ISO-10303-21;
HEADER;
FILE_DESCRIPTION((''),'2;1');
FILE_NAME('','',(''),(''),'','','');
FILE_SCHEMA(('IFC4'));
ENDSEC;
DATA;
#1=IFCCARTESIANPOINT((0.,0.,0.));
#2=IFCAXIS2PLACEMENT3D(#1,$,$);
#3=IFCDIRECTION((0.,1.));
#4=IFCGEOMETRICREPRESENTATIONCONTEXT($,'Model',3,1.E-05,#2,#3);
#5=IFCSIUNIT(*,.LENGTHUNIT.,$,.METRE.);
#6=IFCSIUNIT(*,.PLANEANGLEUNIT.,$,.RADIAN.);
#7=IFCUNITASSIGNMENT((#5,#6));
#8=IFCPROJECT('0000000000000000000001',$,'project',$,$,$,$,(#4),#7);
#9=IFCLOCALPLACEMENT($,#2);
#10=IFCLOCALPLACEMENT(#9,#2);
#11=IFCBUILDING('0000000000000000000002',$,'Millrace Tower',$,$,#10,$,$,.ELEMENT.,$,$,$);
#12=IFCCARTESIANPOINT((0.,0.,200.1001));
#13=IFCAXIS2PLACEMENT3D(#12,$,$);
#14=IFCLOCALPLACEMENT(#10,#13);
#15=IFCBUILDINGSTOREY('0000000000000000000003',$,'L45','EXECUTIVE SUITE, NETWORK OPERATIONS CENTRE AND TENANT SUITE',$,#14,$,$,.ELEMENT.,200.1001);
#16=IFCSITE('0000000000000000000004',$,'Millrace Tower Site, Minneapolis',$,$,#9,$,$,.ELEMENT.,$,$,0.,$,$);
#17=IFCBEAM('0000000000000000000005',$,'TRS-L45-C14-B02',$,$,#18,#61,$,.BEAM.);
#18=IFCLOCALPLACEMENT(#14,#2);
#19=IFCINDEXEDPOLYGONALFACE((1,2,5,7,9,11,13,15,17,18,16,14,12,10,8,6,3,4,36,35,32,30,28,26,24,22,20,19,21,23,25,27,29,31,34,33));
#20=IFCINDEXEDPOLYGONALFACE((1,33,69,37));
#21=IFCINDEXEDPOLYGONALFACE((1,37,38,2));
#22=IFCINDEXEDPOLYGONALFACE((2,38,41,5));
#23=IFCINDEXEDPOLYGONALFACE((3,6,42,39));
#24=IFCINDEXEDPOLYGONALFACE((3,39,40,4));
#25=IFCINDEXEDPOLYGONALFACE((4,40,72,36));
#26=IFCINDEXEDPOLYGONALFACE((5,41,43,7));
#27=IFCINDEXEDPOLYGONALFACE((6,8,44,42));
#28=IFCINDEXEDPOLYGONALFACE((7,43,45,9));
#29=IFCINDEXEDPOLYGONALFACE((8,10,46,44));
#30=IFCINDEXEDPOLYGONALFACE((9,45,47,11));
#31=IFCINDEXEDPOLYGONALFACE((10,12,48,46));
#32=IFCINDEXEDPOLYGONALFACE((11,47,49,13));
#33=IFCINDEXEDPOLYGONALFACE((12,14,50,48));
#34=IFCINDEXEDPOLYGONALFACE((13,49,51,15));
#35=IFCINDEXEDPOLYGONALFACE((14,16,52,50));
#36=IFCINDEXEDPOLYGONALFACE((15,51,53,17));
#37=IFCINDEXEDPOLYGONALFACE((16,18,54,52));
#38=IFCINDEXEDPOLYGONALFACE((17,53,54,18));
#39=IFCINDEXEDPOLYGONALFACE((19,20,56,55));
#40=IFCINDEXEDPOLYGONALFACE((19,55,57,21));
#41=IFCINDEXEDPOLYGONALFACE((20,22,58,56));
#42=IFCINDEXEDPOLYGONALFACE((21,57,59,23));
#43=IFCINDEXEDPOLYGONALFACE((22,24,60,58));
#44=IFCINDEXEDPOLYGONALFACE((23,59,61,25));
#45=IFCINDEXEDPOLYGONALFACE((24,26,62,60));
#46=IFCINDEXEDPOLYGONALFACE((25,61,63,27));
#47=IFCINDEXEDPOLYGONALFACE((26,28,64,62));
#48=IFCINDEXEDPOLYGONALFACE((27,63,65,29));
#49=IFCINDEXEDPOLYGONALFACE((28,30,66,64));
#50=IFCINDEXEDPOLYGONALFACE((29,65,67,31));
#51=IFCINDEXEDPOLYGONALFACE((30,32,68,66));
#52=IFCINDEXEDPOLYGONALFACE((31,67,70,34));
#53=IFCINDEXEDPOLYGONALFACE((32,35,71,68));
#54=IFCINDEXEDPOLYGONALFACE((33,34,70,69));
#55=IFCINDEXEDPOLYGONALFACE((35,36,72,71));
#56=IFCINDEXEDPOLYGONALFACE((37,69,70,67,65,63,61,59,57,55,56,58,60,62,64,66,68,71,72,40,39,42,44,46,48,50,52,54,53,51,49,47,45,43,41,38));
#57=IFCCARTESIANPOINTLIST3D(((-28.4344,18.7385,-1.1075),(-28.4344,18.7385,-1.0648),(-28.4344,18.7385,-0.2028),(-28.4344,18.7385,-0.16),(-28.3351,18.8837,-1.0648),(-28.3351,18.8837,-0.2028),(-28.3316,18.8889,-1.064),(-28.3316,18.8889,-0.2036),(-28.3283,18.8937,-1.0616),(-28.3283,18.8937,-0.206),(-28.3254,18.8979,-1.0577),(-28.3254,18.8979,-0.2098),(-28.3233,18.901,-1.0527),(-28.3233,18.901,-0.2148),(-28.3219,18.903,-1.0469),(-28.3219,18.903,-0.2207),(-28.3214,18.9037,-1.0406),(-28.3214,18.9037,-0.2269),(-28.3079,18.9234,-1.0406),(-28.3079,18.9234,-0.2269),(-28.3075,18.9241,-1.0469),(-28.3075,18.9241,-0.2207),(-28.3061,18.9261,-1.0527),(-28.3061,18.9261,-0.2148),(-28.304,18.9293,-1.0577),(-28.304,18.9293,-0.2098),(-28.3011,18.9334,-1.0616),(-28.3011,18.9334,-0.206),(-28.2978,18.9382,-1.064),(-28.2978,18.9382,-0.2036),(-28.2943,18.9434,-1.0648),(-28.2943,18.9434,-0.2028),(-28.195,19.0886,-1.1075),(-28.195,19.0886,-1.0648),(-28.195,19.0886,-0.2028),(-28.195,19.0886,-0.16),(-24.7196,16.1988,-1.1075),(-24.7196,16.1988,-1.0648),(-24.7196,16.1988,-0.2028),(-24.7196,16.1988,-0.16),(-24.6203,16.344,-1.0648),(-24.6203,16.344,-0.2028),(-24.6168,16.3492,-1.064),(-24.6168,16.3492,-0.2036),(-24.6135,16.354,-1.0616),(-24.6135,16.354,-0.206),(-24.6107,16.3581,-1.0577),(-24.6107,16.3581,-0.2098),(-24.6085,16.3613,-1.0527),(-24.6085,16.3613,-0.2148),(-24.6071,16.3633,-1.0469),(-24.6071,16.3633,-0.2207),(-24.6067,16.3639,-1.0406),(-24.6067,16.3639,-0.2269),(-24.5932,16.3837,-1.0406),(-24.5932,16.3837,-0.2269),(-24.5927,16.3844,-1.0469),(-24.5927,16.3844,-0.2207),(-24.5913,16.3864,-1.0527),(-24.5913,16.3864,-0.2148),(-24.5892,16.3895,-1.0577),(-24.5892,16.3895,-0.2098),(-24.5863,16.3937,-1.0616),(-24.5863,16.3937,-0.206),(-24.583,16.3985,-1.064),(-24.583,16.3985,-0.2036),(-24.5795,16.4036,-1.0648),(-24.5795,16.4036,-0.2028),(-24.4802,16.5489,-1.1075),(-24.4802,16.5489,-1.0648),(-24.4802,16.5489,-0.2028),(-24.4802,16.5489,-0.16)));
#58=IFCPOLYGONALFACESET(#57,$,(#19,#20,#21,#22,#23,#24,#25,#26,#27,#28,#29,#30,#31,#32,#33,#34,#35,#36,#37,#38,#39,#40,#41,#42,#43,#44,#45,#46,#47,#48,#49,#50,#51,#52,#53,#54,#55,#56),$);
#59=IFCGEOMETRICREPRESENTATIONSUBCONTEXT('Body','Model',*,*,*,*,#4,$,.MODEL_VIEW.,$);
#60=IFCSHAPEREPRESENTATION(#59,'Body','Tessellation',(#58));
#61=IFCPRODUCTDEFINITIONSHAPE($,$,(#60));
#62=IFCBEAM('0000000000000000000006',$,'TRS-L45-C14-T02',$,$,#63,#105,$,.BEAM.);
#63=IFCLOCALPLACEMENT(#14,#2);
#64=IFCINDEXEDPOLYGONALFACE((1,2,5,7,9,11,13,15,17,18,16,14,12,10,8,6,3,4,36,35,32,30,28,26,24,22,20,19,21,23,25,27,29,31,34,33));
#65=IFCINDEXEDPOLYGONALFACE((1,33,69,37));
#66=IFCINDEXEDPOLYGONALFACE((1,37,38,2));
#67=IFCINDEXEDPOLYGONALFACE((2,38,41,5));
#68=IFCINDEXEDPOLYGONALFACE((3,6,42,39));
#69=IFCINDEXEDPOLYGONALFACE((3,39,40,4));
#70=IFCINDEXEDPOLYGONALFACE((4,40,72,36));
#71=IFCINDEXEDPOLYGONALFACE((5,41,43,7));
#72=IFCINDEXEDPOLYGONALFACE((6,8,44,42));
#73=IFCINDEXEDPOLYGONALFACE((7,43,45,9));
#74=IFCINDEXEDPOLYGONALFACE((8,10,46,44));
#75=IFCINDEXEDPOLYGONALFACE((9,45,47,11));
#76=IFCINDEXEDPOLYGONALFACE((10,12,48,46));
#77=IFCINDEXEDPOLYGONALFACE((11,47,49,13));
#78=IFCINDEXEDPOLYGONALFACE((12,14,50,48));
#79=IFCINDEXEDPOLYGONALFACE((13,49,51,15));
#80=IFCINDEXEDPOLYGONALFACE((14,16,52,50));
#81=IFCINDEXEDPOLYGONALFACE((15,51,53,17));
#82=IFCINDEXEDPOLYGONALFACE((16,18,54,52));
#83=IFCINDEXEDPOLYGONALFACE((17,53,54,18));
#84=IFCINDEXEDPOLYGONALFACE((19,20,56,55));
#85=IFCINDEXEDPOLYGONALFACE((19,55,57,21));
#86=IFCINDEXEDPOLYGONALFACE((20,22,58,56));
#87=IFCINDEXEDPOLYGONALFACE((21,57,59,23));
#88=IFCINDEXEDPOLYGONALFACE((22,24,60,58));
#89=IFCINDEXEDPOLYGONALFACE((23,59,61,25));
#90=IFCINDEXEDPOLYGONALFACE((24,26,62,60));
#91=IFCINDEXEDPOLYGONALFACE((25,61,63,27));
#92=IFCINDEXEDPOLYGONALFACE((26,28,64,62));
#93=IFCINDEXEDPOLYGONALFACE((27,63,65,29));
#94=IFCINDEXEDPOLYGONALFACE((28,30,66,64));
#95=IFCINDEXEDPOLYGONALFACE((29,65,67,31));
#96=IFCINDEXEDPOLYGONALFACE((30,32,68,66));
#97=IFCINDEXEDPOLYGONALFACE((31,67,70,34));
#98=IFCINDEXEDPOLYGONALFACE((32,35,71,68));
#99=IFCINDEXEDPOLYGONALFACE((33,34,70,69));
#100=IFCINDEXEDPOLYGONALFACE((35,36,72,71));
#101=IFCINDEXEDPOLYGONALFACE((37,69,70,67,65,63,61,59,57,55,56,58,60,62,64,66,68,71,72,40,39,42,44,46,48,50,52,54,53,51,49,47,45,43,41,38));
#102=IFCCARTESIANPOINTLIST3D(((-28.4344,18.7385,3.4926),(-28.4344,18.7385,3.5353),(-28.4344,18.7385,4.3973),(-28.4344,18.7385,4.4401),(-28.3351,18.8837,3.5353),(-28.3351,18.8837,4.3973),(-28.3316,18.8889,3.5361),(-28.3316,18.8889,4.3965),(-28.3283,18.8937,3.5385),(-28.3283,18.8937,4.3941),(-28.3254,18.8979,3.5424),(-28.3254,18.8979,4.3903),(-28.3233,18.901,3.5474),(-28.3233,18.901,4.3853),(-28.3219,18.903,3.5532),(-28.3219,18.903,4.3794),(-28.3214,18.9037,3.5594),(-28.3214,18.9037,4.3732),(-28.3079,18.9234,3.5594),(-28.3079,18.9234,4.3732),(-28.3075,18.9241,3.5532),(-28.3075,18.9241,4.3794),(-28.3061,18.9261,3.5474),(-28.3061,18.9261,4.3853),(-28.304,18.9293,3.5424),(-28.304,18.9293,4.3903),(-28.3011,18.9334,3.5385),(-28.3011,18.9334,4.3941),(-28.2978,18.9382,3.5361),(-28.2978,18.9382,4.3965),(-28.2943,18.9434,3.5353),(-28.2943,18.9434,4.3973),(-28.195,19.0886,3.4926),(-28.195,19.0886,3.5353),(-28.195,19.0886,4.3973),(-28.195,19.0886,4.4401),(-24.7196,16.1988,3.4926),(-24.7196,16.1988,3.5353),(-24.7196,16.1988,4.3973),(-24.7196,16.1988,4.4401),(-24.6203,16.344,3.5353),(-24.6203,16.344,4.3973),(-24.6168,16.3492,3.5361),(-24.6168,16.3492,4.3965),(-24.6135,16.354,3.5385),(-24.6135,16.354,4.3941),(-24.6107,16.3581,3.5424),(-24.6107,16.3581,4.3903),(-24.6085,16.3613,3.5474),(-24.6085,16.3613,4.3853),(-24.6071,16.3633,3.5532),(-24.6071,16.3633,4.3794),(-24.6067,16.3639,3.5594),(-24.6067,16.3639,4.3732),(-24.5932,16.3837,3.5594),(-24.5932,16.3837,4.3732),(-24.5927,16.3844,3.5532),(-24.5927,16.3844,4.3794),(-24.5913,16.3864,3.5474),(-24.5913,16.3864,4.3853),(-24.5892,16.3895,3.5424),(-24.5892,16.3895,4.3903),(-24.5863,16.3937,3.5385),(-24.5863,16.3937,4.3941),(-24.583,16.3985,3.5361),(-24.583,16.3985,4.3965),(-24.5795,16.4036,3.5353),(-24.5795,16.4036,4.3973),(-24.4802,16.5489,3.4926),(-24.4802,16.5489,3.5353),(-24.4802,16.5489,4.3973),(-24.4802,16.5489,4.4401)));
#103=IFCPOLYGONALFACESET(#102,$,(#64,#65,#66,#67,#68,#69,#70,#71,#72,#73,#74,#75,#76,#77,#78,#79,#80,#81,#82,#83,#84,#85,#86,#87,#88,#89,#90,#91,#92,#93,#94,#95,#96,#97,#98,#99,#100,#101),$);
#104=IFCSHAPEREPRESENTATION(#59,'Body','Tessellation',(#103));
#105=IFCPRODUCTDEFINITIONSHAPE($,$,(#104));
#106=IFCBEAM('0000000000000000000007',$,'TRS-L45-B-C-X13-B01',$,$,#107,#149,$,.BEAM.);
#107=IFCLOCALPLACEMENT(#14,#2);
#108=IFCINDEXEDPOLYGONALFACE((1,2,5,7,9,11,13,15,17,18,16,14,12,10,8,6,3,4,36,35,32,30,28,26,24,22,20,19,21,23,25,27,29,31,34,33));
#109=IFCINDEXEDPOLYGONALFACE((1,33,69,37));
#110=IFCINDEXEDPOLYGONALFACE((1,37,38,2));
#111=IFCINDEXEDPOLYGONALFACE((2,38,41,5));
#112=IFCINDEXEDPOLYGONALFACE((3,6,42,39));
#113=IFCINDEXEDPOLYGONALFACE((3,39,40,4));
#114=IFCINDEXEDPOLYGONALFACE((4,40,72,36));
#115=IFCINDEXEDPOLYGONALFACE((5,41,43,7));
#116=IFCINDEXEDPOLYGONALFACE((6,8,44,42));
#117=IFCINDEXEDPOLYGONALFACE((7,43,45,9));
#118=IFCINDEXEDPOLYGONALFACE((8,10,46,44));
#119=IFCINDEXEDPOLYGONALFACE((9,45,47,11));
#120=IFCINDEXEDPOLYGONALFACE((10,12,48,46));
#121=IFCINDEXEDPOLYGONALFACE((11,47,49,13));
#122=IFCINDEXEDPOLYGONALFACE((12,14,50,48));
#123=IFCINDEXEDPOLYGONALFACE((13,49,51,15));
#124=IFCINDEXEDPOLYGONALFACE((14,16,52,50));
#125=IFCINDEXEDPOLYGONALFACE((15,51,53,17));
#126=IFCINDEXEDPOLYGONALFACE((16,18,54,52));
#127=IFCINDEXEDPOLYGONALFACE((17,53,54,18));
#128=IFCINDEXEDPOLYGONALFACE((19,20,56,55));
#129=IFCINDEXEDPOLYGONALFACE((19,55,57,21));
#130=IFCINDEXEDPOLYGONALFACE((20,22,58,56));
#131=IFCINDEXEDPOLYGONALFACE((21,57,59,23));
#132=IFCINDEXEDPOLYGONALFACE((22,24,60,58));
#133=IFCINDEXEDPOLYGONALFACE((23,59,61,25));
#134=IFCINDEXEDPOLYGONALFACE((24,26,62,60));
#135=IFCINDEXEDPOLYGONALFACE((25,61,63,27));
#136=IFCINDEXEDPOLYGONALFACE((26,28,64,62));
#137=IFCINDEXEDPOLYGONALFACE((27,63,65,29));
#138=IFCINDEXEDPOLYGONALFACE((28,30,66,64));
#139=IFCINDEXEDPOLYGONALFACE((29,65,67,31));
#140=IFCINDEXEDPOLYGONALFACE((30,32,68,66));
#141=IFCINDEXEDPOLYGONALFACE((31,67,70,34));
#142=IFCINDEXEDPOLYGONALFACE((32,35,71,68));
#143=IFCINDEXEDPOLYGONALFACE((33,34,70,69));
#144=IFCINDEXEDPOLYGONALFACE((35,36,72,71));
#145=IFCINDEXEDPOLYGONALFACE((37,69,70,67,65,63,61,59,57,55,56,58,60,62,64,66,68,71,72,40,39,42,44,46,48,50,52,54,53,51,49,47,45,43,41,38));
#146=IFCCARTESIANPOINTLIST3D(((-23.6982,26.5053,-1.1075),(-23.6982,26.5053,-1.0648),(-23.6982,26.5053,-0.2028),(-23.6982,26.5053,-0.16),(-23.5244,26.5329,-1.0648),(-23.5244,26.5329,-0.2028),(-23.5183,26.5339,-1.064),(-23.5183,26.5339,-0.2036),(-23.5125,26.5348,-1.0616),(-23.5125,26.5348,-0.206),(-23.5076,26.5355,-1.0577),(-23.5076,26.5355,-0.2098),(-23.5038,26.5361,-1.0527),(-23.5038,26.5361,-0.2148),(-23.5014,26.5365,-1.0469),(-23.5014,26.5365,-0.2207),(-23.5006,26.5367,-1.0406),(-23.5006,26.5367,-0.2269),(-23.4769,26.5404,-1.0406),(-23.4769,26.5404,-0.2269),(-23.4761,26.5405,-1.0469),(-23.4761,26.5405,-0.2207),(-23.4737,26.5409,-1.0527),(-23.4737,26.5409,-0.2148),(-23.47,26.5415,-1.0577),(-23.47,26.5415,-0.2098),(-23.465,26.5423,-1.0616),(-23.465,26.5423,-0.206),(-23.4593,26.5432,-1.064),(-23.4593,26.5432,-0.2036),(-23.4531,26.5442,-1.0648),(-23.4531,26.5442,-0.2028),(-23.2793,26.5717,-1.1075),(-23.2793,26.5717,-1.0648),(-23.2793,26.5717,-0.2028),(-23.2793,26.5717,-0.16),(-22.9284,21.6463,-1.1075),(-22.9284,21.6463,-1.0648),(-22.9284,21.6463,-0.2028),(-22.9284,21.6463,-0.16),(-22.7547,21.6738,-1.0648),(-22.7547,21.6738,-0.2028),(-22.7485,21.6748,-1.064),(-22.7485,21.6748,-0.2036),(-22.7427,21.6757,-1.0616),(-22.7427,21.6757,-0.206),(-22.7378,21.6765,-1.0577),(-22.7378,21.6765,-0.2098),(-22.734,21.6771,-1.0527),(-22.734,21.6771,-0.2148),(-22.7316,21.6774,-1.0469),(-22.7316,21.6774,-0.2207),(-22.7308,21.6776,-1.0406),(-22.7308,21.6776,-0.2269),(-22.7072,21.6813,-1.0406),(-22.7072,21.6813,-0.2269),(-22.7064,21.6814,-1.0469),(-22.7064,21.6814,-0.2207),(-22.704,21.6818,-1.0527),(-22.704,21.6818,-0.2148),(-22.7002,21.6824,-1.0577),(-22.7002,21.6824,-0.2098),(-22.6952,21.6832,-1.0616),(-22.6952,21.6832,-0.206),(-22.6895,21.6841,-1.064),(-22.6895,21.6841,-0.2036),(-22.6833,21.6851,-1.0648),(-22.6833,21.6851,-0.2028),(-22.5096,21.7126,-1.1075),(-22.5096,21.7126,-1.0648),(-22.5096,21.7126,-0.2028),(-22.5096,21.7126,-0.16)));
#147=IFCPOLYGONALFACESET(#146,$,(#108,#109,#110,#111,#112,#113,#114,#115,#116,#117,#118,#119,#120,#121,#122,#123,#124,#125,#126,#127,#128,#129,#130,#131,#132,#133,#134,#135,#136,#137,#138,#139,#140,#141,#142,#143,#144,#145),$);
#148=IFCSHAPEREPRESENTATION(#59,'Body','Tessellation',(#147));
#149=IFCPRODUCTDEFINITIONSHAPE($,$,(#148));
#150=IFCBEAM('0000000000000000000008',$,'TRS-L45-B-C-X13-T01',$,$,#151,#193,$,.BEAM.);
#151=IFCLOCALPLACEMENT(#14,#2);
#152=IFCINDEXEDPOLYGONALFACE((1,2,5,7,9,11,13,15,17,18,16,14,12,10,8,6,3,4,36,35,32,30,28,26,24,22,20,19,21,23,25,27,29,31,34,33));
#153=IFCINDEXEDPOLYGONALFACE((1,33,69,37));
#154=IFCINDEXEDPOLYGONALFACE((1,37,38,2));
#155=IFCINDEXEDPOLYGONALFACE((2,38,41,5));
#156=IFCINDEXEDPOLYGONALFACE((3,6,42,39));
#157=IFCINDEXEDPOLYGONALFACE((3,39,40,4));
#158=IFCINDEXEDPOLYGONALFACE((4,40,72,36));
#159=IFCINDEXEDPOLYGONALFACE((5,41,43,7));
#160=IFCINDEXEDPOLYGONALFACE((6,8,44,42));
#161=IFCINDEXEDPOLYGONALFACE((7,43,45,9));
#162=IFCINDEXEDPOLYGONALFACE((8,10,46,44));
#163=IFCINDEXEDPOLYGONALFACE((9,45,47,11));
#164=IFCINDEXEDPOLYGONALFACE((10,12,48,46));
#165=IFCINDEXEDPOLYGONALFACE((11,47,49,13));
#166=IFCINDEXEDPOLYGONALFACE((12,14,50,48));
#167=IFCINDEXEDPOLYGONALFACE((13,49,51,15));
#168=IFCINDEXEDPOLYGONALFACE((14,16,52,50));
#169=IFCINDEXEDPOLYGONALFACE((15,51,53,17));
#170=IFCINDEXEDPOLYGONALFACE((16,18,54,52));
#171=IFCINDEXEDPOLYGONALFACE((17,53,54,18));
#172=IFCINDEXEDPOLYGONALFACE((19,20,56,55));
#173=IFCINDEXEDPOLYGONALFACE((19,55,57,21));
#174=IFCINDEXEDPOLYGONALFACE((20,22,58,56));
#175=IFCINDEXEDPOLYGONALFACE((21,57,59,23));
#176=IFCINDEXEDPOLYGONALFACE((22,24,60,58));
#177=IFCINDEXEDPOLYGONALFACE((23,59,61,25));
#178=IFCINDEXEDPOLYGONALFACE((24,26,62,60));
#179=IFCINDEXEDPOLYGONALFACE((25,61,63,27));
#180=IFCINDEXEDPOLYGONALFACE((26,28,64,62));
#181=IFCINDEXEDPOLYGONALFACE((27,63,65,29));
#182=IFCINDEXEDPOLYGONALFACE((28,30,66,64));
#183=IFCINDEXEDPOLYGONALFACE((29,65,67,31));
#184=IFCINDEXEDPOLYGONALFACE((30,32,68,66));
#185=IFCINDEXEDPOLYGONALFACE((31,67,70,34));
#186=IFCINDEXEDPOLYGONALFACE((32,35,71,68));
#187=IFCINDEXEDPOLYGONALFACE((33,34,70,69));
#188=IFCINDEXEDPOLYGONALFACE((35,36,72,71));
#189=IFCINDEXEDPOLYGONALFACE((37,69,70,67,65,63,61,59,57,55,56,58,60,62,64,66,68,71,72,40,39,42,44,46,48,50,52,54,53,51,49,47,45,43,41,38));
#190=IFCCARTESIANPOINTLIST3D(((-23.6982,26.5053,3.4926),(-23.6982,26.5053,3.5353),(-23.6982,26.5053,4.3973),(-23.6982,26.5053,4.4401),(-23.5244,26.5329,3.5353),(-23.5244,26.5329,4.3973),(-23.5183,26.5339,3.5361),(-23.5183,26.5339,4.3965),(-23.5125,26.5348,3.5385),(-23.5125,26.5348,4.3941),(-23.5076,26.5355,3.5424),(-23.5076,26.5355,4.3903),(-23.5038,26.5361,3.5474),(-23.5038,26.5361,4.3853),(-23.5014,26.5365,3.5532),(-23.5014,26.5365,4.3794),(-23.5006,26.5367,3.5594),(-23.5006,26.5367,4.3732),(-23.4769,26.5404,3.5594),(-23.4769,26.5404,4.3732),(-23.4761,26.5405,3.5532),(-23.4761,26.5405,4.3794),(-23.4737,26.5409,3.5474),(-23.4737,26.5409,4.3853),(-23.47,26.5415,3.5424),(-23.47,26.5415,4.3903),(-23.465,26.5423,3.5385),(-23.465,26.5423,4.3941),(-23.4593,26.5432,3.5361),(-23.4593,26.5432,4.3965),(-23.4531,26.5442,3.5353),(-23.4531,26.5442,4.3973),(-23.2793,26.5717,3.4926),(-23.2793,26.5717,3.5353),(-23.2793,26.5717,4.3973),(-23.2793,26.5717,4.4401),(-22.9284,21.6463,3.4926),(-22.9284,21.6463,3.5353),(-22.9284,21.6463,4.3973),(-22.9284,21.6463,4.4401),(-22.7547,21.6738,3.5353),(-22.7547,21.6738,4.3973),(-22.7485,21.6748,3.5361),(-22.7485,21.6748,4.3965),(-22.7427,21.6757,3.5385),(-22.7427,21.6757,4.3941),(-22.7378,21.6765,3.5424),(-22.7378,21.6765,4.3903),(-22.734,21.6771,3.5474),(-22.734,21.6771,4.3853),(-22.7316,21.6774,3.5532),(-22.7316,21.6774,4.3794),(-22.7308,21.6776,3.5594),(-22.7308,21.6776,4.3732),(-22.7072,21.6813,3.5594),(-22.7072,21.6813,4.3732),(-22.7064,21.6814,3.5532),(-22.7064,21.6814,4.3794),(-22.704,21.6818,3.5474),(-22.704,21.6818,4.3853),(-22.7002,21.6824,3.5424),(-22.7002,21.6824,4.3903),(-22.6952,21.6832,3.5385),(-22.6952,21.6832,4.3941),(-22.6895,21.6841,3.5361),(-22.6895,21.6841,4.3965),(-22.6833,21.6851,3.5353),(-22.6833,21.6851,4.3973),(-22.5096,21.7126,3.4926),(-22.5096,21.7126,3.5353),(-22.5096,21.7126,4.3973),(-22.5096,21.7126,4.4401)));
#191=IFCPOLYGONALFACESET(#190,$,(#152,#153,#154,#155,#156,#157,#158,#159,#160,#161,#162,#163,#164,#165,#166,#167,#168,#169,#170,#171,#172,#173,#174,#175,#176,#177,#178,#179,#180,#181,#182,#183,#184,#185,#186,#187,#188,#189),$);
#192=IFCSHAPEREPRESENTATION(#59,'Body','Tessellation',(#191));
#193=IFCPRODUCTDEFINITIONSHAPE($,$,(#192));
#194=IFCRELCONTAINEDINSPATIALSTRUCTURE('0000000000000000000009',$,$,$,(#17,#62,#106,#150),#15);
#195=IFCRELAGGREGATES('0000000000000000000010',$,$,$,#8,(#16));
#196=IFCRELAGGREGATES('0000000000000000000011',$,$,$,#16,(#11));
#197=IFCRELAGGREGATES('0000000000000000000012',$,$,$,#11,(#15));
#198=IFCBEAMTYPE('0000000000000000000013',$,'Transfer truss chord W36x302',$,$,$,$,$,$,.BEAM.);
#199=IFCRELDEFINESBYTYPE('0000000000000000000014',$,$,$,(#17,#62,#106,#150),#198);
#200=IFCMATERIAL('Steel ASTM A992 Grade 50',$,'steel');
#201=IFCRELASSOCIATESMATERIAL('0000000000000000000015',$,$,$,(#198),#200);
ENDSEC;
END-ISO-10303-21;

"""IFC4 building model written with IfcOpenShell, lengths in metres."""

from ifc_helpers import new_model, si_unit, direction, frame, origin, origin_2d, place, context, subcontext, project, spatial, i_section, extrude, material, material_profile, profile_set, type_object, element, save


model = new_model("IFC4")

# Units and contexts
model_context = context("Model", 3, precision=1e-05, world=origin(), true_north=direction((0.0, 1.0)))
body_context = subcontext(model_context, "Body", "Model", "MODEL_VIEW")
ifc_project = project(units=[si_unit("LENGTHUNIT", "METRE"), si_unit("PLANEANGLEUNIT", "RADIAN")], contexts=[model_context])

# Site, building, storey
site_placement = place(None, origin())
site = spatial("IfcSite", under=ifc_project, at=site_placement, Name="Millrace Tower Site, Minneapolis", CompositionType="ELEMENT", RefElevation=0.0)
building_placement = place(site_placement, origin())
building = spatial("IfcBuilding", under=site, at=building_placement, Name="Millrace Tower", CompositionType="ELEMENT")
storey_placement = place(building_placement, frame((0.0, 0.0, 200.1001)))
storey = spatial("IfcBuildingStorey", under=building, at=storey_placement, Name="L45", Description="EXECUTIVE SUITE, NETWORK OPERATIONS CENTRE AND TENANT SUITE", CompositionType="ELEMENT", Elevation=200.1001)

# Beams
ifc_material_1 = material(Name="Steel ASTM A992 Grade 50", Category="steel")
ifc_material_profile_1 = material_profile(ifc_material_1, i_section(OverallWidth=0.4241, OverallDepth=0.9475, WebThickness=0.0239, FlangeThickness=0.0427, FilletRadius=0.0242, at=origin_2d()))
ifc_profile_set_1 = profile_set([ifc_material_profile_1], Name="Steel ASTM A992 Grade 50")
beam_type_1 = type_object("IfcBeamType", Name="Transfer truss chord W36x302", PredefinedType="BEAM", material=ifc_profile_set_1)
for number, where, z_axis, x_axis, name in (
    (1, (-28.3147, 18.9136, -0.6338), (0.825508, -0.56439, 0.0), (0.56439, 0.825508, 0.0), "TRS-L45-C14-B02"),
    (2, (-28.3147, 18.9136, 3.9663), (0.825508, -0.56439, 0.0), (0.56439, 0.825508, 0.0), "TRS-L45-C14-T02"),
):
    element("IfcBeam", number, at=place(storey_placement, frame(where, z_axis=z_axis, x_axis=x_axis)), inside=storey, type_object=beam_type_1, Name=name, PredefinedType="BEAM", context=body_context, shape_type="SweptSolid", body=[
        extrude(i_section(OverallWidth=0.4241, OverallDepth=0.9475, WebThickness=0.0239, FlangeThickness=0.0427, FilletRadius=0.0242, at=origin_2d()), origin(), (0.0, 0.0, 1.0), 4.5),
    ])
for number, where, z_axis, x_axis, name in (
    (3, (-22.719, 21.6794, -0.6338), (-0.156467, 0.987683, 0.0), (-0.987683, -0.156467, 0.0), "TRS-L45-B-C-X13-B01"),
    (4, (-22.719, 21.6794, 3.9663), (-0.156467, 0.987683, 0.0), (-0.987683, -0.156467, 0.0), "TRS-L45-B-C-X13-T01"),
):
    element("IfcBeam", number, at=place(storey_placement, frame(where, z_axis=z_axis, x_axis=x_axis)), inside=storey, type_object=beam_type_1, Name=name, PredefinedType="BEAM", context=body_context, shape_type="SweptSolid", body=[
        extrude(i_section(OverallWidth=0.4241, OverallDepth=0.9475, WebThickness=0.0239, FlangeThickness=0.0427, FilletRadius=0.0242, at=origin_2d()), origin(), (0.0, 0.0, 1.0), 4.9197),
    ])

save(model, "model.ifc")
